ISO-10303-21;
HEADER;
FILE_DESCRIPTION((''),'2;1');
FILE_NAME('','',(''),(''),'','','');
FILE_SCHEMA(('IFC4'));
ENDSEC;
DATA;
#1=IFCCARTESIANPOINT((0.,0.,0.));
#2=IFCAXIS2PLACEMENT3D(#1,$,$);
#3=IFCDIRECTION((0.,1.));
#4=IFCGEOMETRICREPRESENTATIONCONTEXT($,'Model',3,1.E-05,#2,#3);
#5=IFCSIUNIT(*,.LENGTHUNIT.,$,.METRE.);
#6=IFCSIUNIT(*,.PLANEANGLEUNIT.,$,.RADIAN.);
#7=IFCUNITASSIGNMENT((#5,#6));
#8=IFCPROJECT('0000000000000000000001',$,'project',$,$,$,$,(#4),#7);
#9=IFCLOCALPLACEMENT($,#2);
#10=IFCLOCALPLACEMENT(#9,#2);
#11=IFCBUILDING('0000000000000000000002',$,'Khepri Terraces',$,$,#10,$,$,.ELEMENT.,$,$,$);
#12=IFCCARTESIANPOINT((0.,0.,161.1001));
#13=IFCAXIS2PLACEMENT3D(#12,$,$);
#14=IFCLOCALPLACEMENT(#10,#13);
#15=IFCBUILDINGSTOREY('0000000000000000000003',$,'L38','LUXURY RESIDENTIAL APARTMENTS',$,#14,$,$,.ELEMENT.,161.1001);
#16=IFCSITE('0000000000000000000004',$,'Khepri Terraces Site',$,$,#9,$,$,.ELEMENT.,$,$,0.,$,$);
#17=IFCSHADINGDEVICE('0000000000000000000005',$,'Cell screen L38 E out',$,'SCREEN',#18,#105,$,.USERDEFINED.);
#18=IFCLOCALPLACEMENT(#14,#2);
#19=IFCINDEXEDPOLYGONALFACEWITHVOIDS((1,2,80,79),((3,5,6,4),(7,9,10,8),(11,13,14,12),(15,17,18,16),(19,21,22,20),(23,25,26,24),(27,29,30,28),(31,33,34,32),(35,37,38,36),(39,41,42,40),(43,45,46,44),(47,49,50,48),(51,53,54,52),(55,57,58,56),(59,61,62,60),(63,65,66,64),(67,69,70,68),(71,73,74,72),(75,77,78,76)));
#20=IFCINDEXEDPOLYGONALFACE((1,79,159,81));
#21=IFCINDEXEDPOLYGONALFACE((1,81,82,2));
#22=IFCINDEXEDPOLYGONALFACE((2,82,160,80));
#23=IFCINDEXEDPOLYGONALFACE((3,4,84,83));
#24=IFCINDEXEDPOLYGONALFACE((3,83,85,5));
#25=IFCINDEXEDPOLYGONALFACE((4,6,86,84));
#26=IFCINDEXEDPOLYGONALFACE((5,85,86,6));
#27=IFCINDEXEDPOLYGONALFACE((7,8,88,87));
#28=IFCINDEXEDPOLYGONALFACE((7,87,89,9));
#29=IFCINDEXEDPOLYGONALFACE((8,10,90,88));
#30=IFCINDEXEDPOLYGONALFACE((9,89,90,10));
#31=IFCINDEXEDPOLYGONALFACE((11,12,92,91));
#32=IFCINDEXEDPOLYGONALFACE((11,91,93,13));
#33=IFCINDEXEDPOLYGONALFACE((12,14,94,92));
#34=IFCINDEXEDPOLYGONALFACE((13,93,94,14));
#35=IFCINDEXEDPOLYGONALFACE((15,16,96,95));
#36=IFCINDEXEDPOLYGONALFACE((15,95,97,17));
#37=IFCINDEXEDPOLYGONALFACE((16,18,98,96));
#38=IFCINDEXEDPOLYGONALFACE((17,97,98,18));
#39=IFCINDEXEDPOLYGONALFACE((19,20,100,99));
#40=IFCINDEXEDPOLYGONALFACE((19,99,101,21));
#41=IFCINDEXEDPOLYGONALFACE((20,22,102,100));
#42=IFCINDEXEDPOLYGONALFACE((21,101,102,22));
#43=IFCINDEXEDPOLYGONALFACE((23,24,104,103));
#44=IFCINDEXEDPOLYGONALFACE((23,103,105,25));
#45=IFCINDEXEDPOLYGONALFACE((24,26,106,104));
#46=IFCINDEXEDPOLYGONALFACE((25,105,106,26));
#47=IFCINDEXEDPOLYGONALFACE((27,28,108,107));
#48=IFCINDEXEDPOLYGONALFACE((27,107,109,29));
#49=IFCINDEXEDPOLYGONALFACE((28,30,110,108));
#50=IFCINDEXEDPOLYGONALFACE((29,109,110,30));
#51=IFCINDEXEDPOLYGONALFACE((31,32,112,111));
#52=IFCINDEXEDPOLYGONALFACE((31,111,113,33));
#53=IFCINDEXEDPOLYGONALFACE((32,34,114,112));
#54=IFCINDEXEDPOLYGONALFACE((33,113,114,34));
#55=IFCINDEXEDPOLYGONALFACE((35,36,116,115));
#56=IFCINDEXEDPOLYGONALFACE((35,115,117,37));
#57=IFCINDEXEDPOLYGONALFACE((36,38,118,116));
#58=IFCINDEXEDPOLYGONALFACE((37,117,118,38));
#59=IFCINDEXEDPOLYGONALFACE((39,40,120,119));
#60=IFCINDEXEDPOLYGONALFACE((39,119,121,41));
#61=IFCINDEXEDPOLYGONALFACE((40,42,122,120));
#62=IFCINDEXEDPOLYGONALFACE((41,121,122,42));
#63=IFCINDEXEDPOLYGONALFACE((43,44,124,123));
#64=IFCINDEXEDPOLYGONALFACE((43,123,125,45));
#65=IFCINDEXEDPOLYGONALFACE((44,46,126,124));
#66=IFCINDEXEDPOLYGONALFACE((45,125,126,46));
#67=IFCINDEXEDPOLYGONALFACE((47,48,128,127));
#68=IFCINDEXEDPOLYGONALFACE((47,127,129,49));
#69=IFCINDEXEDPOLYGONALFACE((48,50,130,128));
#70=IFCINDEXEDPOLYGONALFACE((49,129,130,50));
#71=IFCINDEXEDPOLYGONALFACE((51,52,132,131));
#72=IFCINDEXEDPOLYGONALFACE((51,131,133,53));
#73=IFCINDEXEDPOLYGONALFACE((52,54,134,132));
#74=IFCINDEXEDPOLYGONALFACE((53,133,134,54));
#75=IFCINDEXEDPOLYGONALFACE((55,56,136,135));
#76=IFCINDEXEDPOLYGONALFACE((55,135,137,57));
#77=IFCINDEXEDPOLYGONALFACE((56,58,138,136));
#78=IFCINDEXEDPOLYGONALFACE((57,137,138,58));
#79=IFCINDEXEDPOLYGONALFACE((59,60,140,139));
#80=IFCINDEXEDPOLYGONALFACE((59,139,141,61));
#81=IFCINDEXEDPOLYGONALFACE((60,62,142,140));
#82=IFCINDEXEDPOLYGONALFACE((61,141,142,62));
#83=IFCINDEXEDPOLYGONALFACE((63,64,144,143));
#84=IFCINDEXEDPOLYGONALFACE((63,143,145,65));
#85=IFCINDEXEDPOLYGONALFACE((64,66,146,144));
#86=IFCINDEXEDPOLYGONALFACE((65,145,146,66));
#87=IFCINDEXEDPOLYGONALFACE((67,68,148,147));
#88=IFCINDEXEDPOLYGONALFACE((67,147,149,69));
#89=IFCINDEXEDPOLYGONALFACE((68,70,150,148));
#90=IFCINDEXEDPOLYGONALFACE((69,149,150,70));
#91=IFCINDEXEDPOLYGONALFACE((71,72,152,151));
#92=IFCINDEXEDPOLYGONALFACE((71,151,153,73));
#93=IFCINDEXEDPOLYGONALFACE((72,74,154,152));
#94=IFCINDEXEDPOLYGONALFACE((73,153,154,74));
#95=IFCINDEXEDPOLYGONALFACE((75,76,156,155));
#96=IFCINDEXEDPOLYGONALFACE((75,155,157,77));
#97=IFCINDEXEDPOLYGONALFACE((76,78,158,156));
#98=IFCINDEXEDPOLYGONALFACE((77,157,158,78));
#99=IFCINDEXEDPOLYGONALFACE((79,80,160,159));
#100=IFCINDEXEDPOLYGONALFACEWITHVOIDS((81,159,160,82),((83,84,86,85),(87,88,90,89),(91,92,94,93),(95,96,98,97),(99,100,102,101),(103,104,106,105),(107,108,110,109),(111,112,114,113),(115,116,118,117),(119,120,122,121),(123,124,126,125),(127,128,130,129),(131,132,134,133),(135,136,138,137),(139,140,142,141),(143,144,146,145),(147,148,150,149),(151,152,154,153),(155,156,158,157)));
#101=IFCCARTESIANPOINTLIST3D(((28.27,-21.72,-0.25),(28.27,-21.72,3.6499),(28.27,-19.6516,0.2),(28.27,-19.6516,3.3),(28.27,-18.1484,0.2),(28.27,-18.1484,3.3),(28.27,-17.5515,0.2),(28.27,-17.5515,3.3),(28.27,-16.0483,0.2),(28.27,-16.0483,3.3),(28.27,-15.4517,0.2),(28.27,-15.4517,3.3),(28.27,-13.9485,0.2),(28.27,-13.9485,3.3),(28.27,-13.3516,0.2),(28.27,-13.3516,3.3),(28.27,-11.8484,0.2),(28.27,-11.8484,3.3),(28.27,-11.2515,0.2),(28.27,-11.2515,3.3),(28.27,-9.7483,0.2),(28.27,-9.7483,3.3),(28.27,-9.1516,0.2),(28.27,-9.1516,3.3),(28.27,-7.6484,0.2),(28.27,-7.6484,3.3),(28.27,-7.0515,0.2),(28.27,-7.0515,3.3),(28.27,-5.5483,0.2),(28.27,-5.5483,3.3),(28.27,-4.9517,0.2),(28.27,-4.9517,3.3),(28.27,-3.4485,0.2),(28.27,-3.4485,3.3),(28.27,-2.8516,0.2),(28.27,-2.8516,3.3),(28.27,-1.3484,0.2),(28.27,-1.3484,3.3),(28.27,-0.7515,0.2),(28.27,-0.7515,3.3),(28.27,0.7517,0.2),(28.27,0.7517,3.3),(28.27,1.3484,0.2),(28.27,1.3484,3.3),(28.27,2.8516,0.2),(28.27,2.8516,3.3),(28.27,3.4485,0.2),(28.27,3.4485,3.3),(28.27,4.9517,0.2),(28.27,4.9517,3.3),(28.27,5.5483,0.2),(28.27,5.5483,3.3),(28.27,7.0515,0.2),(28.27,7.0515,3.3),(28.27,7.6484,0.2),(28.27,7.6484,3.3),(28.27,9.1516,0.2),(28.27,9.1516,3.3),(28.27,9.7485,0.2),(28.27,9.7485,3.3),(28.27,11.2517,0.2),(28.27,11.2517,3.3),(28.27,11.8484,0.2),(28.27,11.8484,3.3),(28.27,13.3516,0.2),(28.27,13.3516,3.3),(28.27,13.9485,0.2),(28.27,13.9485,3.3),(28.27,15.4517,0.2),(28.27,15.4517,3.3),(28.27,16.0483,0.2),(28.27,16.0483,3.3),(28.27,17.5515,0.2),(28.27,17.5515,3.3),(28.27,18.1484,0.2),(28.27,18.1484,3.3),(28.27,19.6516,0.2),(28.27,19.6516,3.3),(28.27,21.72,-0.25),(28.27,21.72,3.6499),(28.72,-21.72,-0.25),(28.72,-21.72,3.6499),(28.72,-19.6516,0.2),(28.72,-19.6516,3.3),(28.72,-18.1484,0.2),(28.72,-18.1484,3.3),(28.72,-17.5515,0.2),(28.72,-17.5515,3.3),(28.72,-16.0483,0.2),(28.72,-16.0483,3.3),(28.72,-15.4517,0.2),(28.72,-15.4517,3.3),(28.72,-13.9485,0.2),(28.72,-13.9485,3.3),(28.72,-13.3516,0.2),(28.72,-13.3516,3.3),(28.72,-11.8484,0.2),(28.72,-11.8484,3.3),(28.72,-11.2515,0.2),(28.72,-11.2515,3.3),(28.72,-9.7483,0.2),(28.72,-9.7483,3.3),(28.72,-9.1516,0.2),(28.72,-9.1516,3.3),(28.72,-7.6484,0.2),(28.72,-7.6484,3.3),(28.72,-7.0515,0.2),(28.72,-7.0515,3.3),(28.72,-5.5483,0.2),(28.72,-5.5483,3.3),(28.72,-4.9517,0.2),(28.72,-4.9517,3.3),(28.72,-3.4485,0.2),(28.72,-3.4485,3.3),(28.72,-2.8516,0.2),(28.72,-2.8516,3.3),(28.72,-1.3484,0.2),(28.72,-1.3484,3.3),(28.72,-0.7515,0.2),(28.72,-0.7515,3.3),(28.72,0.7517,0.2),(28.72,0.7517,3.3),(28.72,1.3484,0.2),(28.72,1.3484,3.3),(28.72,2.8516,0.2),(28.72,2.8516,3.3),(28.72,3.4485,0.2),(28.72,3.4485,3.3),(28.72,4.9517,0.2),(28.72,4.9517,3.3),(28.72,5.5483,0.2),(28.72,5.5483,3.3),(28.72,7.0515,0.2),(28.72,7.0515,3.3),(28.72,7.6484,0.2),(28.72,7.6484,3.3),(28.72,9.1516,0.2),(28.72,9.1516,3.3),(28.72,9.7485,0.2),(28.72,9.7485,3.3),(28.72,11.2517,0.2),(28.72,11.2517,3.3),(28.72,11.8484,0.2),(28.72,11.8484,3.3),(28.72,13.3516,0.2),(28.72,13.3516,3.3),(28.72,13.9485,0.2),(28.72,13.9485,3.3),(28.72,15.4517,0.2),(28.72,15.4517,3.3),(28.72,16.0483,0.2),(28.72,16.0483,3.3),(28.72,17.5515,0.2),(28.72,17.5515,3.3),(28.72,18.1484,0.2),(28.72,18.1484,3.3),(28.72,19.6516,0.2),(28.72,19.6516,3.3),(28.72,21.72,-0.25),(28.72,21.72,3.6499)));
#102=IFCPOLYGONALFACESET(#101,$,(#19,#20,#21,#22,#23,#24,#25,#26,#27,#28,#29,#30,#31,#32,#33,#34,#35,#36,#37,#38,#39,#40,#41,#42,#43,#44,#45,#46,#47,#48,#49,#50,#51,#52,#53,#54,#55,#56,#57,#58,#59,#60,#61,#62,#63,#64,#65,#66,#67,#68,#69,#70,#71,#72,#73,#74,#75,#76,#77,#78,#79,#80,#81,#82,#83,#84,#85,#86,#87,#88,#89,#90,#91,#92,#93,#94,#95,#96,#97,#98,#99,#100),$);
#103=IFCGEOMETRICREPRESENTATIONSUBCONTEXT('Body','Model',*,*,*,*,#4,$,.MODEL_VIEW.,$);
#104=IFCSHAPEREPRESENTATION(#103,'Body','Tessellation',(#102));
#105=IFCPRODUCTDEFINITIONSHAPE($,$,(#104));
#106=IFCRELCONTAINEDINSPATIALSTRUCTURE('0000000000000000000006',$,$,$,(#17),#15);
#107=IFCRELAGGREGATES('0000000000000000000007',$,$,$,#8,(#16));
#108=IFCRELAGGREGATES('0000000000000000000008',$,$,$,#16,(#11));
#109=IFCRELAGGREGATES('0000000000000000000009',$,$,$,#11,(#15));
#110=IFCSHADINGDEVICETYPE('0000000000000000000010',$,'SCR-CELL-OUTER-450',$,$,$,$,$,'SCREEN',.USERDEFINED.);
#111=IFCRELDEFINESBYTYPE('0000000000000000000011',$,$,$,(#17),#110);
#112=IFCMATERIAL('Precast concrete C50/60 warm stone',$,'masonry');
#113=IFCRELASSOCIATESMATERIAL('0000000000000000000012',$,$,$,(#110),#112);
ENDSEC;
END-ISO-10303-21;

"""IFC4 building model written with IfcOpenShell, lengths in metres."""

from ifc_helpers import new_model, si_unit, direction, frame, origin, place, context, subcontext, project, spatial, polyline, outline, extrude, material, type_object, element, save


model = new_model("IFC4")

# Units and contexts
model_context = context("Model", 3, precision=1e-05, world=origin(), true_north=direction((0.0, 1.0)))
body_context = subcontext(model_context, "Body", "Model", "MODEL_VIEW")
ifc_project = project(units=[si_unit("LENGTHUNIT", "METRE"), si_unit("PLANEANGLEUNIT", "RADIAN")], contexts=[model_context])

# Site, building, storey
site_placement = place(None, origin())
site = spatial("IfcSite", under=ifc_project, at=site_placement, Name="Khepri Terraces Site", CompositionType="ELEMENT", RefElevation=0.0)
building_placement = place(site_placement, origin())
building = spatial("IfcBuilding", under=site, at=building_placement, Name="Khepri Terraces", CompositionType="ELEMENT")
storey_placement = place(building_placement, frame((0.0, 0.0, 161.1001)))
storey = spatial("IfcBuildingStorey", under=building, at=storey_placement, Name="L38", Description="LUXURY RESIDENTIAL APARTMENTS", CompositionType="ELEMENT", Elevation=161.1001)

# Shared definitions
ifc_material_1 = material(Name="Precast concrete C50/60 warm stone", Category="masonry")

# Shading device
shading_device_type_1 = type_object("IfcShadingDeviceType", Name="SCR-CELL-OUTER-450", ElementType="SCREEN", PredefinedType="USERDEFINED", material=ifc_material_1)
shading_device_1_placement = place(storey_placement, frame((28.27, -21.72, -0.25), z_axis=(1.0, 0.0, 0.0), x_axis=(0.0, 1.0, 0.0)))
element("IfcShadingDevice", 1, at=shading_device_1_placement, inside=storey, type_object=shading_device_type_1, Name="Cell screen L38 E out", ObjectType="SCREEN", PredefinedType="USERDEFINED", context=body_context, shape_type="SweptSolid", body=[
    extrude(outline(polyline([(0.0, 0.0), (43.4399, 0.0), (43.4399, 3.8999), (0.0, 3.8999), (0.0, 0.0)]), holes=[polyline([(2.0684, 0.45), (3.5715, 0.45), (3.5715, 3.55), (2.0684, 3.55), (2.0684, 0.45)]), polyline([(4.1685, 0.45), (5.6716, 0.45), (5.6716, 3.55), (4.1685, 3.55), (4.1685, 0.45)]), polyline([(6.2683, 0.45), (7.7715, 0.45), (7.7715, 3.55), (6.2683, 3.55), (6.2683, 0.45)]), polyline([(8.3684, 0.45), (9.8716, 0.45), (9.8716, 3.55), (8.3684, 3.55), (8.3684, 0.45)]), polyline([(10.4685, 0.45), (11.9717, 0.45), (11.9717, 3.55), (10.4685, 3.55), (10.4685, 0.45)]), polyline([(12.5684, 0.45), (14.0715, 0.45), (14.0715, 3.55), (12.5684, 3.55), (12.5684, 0.45)]), polyline([(14.6685, 0.45), (16.1716, 0.45), (16.1716, 3.55), (14.6685, 3.55), (14.6685, 0.45)]), polyline([(16.7683, 0.45), (18.2715, 0.45), (18.2715, 3.55), (16.7683, 3.55), (16.7683, 0.45)]), polyline([(18.8684, 0.45), (20.3716, 0.45), (20.3716, 3.55), (18.8684, 3.55), (18.8684, 0.45)]), polyline([(20.9685, 0.45), (22.4717, 0.45), (22.4717, 3.55), (20.9685, 3.55), (20.9685, 0.45)]), polyline([(23.0684, 0.45), (24.5715, 0.45), (24.5715, 3.55), (23.0684, 3.55), (23.0684, 0.45)]), polyline([(25.1685, 0.45), (26.6716, 0.45), (26.6716, 3.55), (25.1685, 3.55), (25.1685, 0.45)]), polyline([(27.2683, 0.45), (28.7715, 0.45), (28.7715, 3.55), (27.2683, 3.55), (27.2683, 0.45)]), polyline([(29.3684, 0.45), (30.8716, 0.45), (30.8716, 3.55), (29.3684, 3.55), (29.3684, 0.45)]), polyline([(31.4685, 0.45), (32.9717, 0.45), (32.9717, 3.55), (31.4685, 3.55), (31.4685, 0.45)]), polyline([(33.5684, 0.45), (35.0715, 0.45), (35.0715, 3.55), (33.5684, 3.55), (33.5684, 0.45)]), polyline([(35.6685, 0.45), (37.1716, 0.45), (37.1716, 3.55), (35.6685, 3.55), (35.6685, 0.45)]), polyline([(37.7683, 0.45), (39.2715, 0.45), (39.2715, 3.55), (37.7683, 3.55), (37.7683, 0.45)]), polyline([(39.8684, 0.45), (41.3716, 0.45), (41.3716, 3.55), (39.8684, 3.55), (39.8684, 0.45)])]), origin(), (0.0, 0.0, 1.0), 0.45),
])

save(model, "model.ifc")
